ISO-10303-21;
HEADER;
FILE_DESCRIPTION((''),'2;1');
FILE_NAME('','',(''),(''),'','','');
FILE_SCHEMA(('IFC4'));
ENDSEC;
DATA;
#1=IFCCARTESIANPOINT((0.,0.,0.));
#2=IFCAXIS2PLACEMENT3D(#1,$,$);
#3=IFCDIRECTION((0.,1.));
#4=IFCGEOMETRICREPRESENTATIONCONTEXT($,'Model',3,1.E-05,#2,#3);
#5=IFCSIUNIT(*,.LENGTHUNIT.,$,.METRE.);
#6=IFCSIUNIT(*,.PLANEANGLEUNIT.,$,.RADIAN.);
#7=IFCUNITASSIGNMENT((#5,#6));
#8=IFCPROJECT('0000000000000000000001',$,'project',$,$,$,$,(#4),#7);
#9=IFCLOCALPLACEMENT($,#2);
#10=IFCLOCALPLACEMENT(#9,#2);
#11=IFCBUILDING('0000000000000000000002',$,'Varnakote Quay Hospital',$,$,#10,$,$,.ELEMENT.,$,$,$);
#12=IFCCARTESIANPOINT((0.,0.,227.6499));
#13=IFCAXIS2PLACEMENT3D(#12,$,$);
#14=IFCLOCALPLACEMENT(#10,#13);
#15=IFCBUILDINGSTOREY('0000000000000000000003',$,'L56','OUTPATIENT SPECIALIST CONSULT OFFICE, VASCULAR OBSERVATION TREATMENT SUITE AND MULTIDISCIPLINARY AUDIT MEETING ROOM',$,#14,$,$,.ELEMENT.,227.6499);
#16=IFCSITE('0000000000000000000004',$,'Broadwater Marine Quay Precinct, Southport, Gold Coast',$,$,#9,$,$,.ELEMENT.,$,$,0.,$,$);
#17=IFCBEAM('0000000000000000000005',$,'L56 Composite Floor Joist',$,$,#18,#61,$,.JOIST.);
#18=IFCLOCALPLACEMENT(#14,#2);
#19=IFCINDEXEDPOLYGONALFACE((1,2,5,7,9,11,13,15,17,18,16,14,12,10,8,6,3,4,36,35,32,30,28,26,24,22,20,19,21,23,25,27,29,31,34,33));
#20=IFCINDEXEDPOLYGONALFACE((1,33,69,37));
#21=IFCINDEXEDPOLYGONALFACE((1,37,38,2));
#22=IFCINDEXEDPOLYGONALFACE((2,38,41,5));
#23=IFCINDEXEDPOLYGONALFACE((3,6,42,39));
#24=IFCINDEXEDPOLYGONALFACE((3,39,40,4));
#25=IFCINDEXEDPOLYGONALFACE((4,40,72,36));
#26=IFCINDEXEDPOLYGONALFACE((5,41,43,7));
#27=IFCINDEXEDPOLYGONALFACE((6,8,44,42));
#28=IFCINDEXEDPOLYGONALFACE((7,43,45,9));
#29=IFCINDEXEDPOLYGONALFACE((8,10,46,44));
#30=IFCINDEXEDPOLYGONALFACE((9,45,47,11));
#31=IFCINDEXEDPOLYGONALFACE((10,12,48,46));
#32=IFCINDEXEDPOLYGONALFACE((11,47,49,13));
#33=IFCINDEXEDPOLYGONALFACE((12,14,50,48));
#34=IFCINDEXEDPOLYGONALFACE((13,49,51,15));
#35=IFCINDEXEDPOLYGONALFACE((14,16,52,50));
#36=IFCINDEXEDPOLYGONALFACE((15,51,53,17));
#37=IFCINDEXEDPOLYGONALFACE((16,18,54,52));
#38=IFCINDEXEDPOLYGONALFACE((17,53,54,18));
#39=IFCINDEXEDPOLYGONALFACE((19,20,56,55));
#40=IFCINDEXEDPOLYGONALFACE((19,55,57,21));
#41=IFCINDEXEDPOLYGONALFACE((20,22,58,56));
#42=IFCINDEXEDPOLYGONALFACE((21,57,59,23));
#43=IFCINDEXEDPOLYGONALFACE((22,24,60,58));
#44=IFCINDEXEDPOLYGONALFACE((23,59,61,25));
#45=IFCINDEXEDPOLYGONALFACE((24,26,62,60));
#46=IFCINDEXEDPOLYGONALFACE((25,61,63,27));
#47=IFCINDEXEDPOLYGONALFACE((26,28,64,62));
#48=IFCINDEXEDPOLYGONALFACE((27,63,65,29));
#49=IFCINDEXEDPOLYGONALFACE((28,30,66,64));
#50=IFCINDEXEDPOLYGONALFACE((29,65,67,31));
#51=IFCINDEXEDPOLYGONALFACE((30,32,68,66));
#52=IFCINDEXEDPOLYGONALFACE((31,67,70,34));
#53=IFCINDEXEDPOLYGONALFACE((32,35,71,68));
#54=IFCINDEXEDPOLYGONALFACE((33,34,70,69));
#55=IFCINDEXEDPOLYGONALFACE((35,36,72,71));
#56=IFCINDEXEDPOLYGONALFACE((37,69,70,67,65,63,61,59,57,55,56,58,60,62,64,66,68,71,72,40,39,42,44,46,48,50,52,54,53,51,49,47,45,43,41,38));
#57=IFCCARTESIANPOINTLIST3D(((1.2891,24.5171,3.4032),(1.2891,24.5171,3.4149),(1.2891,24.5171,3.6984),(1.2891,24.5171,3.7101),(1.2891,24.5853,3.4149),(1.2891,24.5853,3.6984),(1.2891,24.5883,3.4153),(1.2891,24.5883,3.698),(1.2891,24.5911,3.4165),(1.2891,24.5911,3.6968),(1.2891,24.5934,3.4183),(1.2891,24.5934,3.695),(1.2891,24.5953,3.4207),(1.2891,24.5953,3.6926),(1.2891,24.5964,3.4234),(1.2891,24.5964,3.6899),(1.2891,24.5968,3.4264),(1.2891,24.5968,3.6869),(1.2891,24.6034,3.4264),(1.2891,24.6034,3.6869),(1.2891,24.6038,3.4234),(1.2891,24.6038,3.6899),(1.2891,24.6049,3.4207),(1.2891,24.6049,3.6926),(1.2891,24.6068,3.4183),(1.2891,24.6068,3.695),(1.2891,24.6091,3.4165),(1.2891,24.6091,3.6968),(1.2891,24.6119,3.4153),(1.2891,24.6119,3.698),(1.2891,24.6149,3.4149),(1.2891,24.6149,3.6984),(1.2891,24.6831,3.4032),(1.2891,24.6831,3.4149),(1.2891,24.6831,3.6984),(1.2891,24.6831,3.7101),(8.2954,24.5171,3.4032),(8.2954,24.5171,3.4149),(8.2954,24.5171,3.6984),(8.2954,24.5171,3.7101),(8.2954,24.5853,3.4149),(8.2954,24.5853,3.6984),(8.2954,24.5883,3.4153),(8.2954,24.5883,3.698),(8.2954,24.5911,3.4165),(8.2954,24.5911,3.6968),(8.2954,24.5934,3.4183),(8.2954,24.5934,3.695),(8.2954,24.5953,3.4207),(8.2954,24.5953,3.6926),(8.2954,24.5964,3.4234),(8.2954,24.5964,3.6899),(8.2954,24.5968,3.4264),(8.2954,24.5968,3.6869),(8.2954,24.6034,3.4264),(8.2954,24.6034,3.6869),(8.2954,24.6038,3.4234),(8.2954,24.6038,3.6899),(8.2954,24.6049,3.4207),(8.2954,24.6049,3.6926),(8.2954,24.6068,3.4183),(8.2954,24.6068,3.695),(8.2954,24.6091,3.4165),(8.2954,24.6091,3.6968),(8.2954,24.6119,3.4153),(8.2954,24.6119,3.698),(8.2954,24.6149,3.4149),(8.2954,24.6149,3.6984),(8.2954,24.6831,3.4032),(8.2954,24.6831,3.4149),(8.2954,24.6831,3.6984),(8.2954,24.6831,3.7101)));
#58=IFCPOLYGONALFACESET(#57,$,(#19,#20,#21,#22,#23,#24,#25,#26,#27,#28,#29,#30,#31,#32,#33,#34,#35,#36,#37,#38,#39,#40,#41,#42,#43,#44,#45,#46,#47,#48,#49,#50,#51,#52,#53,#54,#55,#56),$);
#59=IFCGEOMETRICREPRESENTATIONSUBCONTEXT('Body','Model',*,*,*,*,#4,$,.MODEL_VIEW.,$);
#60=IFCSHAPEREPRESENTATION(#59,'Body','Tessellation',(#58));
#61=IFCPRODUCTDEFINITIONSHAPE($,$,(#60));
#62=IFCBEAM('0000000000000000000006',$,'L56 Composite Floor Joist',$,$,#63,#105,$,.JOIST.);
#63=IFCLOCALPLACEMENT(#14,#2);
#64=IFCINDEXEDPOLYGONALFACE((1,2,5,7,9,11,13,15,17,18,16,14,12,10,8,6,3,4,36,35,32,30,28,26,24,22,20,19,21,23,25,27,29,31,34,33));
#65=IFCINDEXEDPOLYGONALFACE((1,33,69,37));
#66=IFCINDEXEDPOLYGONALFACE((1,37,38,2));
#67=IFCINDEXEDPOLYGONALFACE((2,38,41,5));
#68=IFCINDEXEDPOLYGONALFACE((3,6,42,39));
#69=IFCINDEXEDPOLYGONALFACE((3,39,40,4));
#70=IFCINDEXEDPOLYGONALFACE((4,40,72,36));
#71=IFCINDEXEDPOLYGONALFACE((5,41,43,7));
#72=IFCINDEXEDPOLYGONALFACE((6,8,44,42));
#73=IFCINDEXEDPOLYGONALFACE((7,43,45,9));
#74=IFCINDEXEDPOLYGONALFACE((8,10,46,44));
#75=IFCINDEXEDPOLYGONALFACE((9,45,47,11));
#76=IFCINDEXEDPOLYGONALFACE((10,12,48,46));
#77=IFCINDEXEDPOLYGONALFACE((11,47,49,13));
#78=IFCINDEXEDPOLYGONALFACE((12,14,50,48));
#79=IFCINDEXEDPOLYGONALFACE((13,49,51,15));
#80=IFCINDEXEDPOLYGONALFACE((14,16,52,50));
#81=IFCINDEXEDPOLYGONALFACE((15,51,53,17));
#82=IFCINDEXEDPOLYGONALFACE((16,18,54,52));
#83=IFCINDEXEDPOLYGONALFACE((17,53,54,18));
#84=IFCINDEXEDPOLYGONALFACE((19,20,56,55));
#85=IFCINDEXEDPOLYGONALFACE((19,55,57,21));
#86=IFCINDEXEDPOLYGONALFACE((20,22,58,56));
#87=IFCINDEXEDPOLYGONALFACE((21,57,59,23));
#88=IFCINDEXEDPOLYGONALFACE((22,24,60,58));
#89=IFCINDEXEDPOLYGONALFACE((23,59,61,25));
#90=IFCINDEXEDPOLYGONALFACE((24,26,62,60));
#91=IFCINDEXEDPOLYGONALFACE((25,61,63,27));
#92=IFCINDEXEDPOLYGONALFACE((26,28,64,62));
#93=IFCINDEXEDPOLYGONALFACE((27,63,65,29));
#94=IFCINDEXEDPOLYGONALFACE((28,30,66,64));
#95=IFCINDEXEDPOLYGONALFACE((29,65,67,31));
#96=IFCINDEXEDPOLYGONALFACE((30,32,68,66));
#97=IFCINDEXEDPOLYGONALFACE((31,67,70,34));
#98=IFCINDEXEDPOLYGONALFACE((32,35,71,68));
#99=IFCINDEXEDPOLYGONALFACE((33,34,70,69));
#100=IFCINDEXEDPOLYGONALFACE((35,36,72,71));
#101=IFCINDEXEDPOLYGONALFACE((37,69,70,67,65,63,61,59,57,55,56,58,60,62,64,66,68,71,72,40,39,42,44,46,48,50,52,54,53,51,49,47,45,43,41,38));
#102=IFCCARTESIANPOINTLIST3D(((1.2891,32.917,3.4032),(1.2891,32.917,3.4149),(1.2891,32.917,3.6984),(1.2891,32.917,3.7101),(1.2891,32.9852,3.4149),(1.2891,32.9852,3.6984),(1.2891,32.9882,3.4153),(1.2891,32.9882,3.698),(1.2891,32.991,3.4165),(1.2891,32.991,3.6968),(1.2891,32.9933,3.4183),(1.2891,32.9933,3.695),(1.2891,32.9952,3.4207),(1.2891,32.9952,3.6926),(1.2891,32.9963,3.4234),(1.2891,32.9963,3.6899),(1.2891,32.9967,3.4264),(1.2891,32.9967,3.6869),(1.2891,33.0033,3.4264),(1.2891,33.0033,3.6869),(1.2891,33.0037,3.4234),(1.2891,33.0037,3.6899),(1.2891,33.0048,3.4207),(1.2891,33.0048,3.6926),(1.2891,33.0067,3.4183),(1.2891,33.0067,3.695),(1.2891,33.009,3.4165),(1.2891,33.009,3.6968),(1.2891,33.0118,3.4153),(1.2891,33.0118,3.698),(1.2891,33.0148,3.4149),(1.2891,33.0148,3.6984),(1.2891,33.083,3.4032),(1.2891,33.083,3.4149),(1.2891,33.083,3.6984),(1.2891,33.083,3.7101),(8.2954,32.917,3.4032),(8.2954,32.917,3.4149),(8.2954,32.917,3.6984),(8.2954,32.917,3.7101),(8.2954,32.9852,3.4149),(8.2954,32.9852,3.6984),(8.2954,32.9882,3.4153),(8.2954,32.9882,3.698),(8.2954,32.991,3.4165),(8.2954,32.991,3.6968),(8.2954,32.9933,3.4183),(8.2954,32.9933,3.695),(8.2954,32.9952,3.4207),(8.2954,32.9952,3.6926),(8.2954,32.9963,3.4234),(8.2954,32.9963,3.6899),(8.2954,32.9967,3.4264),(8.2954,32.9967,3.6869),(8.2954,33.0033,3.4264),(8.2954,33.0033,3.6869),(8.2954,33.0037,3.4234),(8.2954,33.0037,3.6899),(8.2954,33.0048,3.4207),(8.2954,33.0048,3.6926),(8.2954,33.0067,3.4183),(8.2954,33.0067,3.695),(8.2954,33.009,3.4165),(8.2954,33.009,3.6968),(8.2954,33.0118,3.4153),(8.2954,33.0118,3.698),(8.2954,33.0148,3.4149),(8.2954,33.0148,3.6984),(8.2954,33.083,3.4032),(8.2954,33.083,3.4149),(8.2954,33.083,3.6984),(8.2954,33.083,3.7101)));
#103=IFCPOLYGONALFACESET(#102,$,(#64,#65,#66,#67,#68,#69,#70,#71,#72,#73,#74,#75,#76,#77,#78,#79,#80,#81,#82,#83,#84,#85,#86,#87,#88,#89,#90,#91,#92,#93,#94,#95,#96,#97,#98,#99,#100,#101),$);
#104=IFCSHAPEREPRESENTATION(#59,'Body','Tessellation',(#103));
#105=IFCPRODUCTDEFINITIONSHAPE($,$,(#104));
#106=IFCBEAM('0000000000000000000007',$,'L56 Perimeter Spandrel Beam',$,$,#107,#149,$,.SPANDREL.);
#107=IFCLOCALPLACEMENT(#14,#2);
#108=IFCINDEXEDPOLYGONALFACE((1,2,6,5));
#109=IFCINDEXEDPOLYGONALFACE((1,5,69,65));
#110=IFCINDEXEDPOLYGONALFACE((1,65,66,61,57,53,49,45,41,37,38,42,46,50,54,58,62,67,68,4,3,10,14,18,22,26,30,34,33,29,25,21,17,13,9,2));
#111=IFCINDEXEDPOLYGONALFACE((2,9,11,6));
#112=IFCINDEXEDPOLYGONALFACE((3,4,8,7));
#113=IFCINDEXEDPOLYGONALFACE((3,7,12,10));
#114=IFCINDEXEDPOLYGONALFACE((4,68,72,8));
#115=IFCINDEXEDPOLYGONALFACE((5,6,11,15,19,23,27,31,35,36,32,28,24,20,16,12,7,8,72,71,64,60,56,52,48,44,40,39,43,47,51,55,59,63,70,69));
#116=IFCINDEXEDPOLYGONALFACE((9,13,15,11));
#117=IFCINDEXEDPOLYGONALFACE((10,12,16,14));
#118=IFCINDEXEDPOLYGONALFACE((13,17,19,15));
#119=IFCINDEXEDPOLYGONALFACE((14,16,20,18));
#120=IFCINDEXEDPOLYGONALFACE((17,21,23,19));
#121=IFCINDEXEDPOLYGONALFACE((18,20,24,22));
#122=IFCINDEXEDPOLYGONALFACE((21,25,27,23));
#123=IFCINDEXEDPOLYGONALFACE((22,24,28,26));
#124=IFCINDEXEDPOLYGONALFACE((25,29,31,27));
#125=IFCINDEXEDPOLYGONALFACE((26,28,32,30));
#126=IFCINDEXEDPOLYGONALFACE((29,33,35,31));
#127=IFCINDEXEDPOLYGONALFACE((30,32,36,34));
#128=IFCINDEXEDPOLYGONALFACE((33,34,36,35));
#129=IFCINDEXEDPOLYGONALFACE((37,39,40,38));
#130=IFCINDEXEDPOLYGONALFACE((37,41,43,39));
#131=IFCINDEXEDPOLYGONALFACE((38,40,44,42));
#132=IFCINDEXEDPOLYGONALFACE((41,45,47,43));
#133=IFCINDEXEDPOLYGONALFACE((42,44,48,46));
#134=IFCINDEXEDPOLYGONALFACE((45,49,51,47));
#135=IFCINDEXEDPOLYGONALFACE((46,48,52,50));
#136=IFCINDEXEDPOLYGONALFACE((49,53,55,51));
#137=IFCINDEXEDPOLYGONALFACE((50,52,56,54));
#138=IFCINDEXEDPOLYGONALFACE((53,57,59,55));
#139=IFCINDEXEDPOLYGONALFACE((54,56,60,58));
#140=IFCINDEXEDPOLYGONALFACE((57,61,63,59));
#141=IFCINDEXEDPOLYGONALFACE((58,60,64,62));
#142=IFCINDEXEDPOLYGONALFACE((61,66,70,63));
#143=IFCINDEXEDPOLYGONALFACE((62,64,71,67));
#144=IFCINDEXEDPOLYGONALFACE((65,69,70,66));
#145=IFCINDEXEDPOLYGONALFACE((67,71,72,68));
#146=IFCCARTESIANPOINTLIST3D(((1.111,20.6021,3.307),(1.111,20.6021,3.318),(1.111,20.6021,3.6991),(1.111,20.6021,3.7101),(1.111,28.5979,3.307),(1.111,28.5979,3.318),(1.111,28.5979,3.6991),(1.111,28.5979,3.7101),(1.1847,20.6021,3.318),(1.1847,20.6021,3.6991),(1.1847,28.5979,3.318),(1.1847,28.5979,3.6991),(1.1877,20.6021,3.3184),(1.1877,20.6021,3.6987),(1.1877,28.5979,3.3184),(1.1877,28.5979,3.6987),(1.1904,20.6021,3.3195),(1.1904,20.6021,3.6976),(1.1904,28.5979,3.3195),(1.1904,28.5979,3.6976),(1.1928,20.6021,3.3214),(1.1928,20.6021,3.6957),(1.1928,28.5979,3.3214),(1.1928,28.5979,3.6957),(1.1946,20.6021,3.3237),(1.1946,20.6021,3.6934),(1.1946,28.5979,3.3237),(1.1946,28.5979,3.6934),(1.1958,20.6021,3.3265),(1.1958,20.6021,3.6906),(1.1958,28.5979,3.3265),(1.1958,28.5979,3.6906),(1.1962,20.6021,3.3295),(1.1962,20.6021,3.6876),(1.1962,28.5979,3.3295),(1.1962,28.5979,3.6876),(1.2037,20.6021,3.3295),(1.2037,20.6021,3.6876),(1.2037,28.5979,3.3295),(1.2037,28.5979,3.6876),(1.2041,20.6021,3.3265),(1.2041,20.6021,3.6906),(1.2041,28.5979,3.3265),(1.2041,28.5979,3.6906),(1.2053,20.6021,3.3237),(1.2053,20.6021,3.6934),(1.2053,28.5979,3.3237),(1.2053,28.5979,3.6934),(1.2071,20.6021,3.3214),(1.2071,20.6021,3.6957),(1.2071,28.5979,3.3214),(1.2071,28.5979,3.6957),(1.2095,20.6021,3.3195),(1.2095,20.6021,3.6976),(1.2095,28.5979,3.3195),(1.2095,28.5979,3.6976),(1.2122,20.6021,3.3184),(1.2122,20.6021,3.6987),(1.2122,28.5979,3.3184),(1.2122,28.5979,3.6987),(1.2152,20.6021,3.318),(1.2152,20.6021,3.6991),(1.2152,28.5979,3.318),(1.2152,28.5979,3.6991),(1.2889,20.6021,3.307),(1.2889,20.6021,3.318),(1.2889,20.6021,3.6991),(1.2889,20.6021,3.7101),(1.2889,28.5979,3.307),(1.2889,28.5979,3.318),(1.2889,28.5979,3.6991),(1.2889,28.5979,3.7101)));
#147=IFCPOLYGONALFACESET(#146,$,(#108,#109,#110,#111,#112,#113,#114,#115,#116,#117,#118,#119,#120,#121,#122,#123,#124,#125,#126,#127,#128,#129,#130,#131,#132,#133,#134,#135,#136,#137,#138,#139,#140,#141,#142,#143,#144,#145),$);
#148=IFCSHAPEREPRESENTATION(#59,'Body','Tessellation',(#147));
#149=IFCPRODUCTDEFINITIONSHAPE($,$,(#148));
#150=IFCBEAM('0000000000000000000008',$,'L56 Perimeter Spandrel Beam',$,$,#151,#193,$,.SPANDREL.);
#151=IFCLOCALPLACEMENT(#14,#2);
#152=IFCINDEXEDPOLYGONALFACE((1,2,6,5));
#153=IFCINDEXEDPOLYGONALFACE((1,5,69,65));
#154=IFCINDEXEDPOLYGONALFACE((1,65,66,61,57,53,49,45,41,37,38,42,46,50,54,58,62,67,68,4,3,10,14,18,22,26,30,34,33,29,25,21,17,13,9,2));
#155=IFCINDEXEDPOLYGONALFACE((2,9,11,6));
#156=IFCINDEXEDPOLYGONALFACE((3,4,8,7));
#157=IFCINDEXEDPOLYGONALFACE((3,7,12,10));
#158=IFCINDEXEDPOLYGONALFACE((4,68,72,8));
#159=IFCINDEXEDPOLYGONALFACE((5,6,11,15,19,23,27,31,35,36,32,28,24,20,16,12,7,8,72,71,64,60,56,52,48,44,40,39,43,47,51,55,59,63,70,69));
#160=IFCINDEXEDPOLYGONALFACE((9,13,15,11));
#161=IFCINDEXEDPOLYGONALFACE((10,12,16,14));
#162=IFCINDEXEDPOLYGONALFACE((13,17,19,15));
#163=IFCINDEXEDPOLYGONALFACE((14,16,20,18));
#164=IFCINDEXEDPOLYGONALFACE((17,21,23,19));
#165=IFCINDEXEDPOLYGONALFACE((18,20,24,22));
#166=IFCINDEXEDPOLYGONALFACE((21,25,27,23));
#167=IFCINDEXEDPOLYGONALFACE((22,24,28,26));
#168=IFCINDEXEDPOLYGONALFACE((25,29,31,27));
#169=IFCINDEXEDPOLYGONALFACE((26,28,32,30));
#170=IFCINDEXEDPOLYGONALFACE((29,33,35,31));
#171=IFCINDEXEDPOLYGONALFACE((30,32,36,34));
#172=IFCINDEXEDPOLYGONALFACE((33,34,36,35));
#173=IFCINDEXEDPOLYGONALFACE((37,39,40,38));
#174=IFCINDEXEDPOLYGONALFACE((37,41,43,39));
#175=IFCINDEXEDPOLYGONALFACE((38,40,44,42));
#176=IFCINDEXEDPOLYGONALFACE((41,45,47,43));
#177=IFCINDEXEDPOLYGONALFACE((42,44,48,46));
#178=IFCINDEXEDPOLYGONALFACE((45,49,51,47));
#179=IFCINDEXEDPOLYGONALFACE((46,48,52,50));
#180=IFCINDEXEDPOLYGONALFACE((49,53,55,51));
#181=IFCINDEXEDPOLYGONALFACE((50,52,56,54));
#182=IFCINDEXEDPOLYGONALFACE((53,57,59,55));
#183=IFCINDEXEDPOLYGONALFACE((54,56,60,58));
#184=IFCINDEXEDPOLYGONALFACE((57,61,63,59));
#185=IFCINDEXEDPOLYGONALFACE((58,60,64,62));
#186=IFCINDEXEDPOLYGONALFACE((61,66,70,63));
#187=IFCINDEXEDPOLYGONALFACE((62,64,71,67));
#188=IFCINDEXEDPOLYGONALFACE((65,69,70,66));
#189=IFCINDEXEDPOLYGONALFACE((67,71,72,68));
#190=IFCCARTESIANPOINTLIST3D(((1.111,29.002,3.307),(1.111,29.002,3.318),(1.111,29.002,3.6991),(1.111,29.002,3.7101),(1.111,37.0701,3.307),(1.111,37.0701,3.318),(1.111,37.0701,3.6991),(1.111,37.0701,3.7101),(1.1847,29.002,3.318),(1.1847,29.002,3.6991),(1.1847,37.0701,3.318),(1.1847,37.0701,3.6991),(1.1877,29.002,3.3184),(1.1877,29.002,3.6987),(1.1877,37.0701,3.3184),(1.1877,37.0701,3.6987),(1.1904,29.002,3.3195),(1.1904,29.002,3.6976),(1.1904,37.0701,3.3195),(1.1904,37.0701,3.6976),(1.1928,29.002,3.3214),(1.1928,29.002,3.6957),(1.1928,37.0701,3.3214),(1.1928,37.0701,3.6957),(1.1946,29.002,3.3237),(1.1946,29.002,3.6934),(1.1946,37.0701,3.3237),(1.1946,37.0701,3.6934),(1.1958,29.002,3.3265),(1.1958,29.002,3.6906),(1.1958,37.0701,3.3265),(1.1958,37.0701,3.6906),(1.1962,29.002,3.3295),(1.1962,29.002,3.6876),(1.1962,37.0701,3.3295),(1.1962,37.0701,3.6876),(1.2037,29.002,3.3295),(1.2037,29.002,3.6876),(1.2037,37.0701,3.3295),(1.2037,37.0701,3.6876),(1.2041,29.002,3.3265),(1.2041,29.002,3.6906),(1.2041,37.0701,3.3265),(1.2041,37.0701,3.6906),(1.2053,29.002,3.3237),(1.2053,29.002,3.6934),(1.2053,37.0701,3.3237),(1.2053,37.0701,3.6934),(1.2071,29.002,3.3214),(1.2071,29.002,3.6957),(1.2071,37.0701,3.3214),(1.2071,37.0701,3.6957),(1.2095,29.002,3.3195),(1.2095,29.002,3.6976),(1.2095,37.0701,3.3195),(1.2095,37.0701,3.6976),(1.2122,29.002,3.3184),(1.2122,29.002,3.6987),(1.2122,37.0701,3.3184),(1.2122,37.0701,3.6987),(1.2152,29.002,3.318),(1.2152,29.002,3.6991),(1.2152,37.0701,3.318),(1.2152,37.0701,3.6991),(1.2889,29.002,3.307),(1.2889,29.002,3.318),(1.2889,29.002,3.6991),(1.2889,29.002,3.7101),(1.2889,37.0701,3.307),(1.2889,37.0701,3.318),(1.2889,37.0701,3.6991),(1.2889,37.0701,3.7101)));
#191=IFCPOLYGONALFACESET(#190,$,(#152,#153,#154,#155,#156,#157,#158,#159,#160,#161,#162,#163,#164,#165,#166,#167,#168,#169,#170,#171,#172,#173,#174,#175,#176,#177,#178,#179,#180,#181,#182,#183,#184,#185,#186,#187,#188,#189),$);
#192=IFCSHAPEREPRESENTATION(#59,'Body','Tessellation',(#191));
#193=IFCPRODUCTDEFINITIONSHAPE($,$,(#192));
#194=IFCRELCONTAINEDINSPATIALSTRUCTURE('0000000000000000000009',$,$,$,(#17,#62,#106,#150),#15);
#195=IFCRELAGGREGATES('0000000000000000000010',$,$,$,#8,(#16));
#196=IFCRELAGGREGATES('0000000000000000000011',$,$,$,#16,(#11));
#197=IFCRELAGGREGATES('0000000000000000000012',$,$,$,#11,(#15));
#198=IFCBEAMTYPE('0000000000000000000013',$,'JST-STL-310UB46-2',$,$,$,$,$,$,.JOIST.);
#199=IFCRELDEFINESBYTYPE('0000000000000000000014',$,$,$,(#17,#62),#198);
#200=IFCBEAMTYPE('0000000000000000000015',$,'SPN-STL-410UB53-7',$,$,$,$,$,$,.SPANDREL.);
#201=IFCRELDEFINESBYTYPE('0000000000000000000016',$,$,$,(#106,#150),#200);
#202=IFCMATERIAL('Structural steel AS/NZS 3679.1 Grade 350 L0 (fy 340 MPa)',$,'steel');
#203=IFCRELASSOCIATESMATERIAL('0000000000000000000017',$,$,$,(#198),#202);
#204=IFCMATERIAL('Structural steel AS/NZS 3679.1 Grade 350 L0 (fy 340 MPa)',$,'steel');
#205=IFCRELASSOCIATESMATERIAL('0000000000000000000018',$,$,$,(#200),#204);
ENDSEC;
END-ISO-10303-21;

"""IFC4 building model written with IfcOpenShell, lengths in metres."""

from ifc_helpers import new_model, si_unit, direction, frame, origin, origin_2d, place, context, subcontext, project, spatial, i_section, extrude, material, material_profile, profile_set, type_object, element, save


model = new_model("IFC4")

# Units and contexts
model_context = context("Model", 3, precision=1e-05, world=origin(), true_north=direction((0.0, 1.0)))
body_context = subcontext(model_context, "Body", "Model", "MODEL_VIEW")
ifc_project = project(units=[si_unit("LENGTHUNIT", "METRE"), si_unit("PLANEANGLEUNIT", "RADIAN")], contexts=[model_context])

# Site, building, storey
site_placement = place(None, origin())
site = spatial("IfcSite", under=ifc_project, at=site_placement, Name="Broadwater Marine Quay Precinct, Southport, Gold Coast", CompositionType="ELEMENT", RefElevation=0.0)
building_placement = place(site_placement, origin())
building = spatial("IfcBuilding", under=site, at=building_placement, Name="Varnakote Quay Hospital", CompositionType="ELEMENT")
storey_placement = place(building_placement, frame((0.0, 0.0, 227.6499)))
storey = spatial("IfcBuildingStorey", under=building, at=storey_placement, Name="L56", Description="OUTPATIENT SPECIALIST CONSULT OFFICE, VASCULAR OBSERVATION TREATMENT SUITE AND MULTIDISCIPLINARY AUDIT MEETING ROOM", CompositionType="ELEMENT", Elevation=227.6499)

# Beams
ifc_material_1 = material(Name="Structural steel AS/NZS 3679.1 Grade 350 L0 (fy 340 MPa)", Category="steel")
ifc_material_profile_1 = material_profile(ifc_material_1, i_section(OverallWidth=0.166, OverallDepth=0.3069, WebThickness=0.0066, FlangeThickness=0.0117, FilletRadius=0.0115, at=origin_2d()), Name="310UB46.2")
ifc_profile_set_1 = profile_set([ifc_material_profile_1], Name="Structural steel AS/NZS 3679.1 Grade 350 L0 (fy 340 MPa)")
beam_type_1 = type_object("IfcBeamType", Name="JST-STL-310UB46-2", PredefinedType="JOIST", material=ifc_profile_set_1)
for number, where, z_axis, x_axis, name in (
    (1, (1.2891, 24.6001, 3.5566), (1.0, 0.0, 0.0), (0.0, 1.0, 0.0), "L56 Composite Floor Joist"),
    (2, (1.2891, 33.0, 3.5566), (1.0, 0.0, 0.0), (0.0, 1.0, 0.0), "L56 Composite Floor Joist"),
):
    element("IfcBeam", number, at=place(storey_placement, frame(where, z_axis=z_axis, x_axis=x_axis)), inside=storey, type_object=beam_type_1, Name=name, PredefinedType="JOIST", context=body_context, shape_type="SweptSolid", body=[
        extrude(i_section(OverallWidth=0.166, OverallDepth=0.3069, WebThickness=0.0066, FlangeThickness=0.0117, FilletRadius=0.0115, at=origin_2d()), origin(), (0.0, 0.0, 1.0), 7.0063),
    ])
ifc_material_2 = material(Name="Structural steel AS/NZS 3679.1 Grade 350 L0 (fy 340 MPa)", Category="steel")
ifc_material_profile_2 = material_profile(ifc_material_2, i_section(OverallWidth=0.178, OverallDepth=0.4031, WebThickness=0.0076, FlangeThickness=0.011, FilletRadius=0.0115, at=origin_2d()), Name="410UB53.7")
ifc_profile_set_2 = profile_set([ifc_material_profile_2], Name="Structural steel AS/NZS 3679.1 Grade 350 L0 (fy 340 MPa)")
beam_type_2 = type_object("IfcBeamType", Name="SPN-STL-410UB53-7", PredefinedType="SPANDREL", material=ifc_profile_set_2)
beam_1_placement = place(storey_placement, frame((1.2, 20.6021, 3.5085), z_axis=(0.0, 1.0, 0.0), x_axis=(-1.0, 0.0, 0.0)))
element("IfcBeam", 3, at=beam_1_placement, inside=storey, type_object=beam_type_2, Name="L56 Perimeter Spandrel Beam", PredefinedType="SPANDREL", context=body_context, shape_type="SweptSolid", body=[
    extrude(i_section(OverallWidth=0.178, OverallDepth=0.4031, WebThickness=0.0076, FlangeThickness=0.011, FilletRadius=0.0115, at=origin_2d()), origin(), (0.0, 0.0, 1.0), 7.9958),
])
beam_2_placement = place(storey_placement, frame((1.2, 29.002, 3.5085), z_axis=(0.0, 1.0, 0.0), x_axis=(-1.0, 0.0, 0.0)))
element("IfcBeam", 4, at=beam_2_placement, inside=storey, type_object=beam_type_2, Name="L56 Perimeter Spandrel Beam", PredefinedType="SPANDREL", context=body_context, shape_type="SweptSolid", body=[
    extrude(i_section(OverallWidth=0.178, OverallDepth=0.4031, WebThickness=0.0076, FlangeThickness=0.011, FilletRadius=0.0115, at=origin_2d()), origin(), (0.0, 0.0, 1.0), 8.0681),
])

save(model, "model.ifc")
